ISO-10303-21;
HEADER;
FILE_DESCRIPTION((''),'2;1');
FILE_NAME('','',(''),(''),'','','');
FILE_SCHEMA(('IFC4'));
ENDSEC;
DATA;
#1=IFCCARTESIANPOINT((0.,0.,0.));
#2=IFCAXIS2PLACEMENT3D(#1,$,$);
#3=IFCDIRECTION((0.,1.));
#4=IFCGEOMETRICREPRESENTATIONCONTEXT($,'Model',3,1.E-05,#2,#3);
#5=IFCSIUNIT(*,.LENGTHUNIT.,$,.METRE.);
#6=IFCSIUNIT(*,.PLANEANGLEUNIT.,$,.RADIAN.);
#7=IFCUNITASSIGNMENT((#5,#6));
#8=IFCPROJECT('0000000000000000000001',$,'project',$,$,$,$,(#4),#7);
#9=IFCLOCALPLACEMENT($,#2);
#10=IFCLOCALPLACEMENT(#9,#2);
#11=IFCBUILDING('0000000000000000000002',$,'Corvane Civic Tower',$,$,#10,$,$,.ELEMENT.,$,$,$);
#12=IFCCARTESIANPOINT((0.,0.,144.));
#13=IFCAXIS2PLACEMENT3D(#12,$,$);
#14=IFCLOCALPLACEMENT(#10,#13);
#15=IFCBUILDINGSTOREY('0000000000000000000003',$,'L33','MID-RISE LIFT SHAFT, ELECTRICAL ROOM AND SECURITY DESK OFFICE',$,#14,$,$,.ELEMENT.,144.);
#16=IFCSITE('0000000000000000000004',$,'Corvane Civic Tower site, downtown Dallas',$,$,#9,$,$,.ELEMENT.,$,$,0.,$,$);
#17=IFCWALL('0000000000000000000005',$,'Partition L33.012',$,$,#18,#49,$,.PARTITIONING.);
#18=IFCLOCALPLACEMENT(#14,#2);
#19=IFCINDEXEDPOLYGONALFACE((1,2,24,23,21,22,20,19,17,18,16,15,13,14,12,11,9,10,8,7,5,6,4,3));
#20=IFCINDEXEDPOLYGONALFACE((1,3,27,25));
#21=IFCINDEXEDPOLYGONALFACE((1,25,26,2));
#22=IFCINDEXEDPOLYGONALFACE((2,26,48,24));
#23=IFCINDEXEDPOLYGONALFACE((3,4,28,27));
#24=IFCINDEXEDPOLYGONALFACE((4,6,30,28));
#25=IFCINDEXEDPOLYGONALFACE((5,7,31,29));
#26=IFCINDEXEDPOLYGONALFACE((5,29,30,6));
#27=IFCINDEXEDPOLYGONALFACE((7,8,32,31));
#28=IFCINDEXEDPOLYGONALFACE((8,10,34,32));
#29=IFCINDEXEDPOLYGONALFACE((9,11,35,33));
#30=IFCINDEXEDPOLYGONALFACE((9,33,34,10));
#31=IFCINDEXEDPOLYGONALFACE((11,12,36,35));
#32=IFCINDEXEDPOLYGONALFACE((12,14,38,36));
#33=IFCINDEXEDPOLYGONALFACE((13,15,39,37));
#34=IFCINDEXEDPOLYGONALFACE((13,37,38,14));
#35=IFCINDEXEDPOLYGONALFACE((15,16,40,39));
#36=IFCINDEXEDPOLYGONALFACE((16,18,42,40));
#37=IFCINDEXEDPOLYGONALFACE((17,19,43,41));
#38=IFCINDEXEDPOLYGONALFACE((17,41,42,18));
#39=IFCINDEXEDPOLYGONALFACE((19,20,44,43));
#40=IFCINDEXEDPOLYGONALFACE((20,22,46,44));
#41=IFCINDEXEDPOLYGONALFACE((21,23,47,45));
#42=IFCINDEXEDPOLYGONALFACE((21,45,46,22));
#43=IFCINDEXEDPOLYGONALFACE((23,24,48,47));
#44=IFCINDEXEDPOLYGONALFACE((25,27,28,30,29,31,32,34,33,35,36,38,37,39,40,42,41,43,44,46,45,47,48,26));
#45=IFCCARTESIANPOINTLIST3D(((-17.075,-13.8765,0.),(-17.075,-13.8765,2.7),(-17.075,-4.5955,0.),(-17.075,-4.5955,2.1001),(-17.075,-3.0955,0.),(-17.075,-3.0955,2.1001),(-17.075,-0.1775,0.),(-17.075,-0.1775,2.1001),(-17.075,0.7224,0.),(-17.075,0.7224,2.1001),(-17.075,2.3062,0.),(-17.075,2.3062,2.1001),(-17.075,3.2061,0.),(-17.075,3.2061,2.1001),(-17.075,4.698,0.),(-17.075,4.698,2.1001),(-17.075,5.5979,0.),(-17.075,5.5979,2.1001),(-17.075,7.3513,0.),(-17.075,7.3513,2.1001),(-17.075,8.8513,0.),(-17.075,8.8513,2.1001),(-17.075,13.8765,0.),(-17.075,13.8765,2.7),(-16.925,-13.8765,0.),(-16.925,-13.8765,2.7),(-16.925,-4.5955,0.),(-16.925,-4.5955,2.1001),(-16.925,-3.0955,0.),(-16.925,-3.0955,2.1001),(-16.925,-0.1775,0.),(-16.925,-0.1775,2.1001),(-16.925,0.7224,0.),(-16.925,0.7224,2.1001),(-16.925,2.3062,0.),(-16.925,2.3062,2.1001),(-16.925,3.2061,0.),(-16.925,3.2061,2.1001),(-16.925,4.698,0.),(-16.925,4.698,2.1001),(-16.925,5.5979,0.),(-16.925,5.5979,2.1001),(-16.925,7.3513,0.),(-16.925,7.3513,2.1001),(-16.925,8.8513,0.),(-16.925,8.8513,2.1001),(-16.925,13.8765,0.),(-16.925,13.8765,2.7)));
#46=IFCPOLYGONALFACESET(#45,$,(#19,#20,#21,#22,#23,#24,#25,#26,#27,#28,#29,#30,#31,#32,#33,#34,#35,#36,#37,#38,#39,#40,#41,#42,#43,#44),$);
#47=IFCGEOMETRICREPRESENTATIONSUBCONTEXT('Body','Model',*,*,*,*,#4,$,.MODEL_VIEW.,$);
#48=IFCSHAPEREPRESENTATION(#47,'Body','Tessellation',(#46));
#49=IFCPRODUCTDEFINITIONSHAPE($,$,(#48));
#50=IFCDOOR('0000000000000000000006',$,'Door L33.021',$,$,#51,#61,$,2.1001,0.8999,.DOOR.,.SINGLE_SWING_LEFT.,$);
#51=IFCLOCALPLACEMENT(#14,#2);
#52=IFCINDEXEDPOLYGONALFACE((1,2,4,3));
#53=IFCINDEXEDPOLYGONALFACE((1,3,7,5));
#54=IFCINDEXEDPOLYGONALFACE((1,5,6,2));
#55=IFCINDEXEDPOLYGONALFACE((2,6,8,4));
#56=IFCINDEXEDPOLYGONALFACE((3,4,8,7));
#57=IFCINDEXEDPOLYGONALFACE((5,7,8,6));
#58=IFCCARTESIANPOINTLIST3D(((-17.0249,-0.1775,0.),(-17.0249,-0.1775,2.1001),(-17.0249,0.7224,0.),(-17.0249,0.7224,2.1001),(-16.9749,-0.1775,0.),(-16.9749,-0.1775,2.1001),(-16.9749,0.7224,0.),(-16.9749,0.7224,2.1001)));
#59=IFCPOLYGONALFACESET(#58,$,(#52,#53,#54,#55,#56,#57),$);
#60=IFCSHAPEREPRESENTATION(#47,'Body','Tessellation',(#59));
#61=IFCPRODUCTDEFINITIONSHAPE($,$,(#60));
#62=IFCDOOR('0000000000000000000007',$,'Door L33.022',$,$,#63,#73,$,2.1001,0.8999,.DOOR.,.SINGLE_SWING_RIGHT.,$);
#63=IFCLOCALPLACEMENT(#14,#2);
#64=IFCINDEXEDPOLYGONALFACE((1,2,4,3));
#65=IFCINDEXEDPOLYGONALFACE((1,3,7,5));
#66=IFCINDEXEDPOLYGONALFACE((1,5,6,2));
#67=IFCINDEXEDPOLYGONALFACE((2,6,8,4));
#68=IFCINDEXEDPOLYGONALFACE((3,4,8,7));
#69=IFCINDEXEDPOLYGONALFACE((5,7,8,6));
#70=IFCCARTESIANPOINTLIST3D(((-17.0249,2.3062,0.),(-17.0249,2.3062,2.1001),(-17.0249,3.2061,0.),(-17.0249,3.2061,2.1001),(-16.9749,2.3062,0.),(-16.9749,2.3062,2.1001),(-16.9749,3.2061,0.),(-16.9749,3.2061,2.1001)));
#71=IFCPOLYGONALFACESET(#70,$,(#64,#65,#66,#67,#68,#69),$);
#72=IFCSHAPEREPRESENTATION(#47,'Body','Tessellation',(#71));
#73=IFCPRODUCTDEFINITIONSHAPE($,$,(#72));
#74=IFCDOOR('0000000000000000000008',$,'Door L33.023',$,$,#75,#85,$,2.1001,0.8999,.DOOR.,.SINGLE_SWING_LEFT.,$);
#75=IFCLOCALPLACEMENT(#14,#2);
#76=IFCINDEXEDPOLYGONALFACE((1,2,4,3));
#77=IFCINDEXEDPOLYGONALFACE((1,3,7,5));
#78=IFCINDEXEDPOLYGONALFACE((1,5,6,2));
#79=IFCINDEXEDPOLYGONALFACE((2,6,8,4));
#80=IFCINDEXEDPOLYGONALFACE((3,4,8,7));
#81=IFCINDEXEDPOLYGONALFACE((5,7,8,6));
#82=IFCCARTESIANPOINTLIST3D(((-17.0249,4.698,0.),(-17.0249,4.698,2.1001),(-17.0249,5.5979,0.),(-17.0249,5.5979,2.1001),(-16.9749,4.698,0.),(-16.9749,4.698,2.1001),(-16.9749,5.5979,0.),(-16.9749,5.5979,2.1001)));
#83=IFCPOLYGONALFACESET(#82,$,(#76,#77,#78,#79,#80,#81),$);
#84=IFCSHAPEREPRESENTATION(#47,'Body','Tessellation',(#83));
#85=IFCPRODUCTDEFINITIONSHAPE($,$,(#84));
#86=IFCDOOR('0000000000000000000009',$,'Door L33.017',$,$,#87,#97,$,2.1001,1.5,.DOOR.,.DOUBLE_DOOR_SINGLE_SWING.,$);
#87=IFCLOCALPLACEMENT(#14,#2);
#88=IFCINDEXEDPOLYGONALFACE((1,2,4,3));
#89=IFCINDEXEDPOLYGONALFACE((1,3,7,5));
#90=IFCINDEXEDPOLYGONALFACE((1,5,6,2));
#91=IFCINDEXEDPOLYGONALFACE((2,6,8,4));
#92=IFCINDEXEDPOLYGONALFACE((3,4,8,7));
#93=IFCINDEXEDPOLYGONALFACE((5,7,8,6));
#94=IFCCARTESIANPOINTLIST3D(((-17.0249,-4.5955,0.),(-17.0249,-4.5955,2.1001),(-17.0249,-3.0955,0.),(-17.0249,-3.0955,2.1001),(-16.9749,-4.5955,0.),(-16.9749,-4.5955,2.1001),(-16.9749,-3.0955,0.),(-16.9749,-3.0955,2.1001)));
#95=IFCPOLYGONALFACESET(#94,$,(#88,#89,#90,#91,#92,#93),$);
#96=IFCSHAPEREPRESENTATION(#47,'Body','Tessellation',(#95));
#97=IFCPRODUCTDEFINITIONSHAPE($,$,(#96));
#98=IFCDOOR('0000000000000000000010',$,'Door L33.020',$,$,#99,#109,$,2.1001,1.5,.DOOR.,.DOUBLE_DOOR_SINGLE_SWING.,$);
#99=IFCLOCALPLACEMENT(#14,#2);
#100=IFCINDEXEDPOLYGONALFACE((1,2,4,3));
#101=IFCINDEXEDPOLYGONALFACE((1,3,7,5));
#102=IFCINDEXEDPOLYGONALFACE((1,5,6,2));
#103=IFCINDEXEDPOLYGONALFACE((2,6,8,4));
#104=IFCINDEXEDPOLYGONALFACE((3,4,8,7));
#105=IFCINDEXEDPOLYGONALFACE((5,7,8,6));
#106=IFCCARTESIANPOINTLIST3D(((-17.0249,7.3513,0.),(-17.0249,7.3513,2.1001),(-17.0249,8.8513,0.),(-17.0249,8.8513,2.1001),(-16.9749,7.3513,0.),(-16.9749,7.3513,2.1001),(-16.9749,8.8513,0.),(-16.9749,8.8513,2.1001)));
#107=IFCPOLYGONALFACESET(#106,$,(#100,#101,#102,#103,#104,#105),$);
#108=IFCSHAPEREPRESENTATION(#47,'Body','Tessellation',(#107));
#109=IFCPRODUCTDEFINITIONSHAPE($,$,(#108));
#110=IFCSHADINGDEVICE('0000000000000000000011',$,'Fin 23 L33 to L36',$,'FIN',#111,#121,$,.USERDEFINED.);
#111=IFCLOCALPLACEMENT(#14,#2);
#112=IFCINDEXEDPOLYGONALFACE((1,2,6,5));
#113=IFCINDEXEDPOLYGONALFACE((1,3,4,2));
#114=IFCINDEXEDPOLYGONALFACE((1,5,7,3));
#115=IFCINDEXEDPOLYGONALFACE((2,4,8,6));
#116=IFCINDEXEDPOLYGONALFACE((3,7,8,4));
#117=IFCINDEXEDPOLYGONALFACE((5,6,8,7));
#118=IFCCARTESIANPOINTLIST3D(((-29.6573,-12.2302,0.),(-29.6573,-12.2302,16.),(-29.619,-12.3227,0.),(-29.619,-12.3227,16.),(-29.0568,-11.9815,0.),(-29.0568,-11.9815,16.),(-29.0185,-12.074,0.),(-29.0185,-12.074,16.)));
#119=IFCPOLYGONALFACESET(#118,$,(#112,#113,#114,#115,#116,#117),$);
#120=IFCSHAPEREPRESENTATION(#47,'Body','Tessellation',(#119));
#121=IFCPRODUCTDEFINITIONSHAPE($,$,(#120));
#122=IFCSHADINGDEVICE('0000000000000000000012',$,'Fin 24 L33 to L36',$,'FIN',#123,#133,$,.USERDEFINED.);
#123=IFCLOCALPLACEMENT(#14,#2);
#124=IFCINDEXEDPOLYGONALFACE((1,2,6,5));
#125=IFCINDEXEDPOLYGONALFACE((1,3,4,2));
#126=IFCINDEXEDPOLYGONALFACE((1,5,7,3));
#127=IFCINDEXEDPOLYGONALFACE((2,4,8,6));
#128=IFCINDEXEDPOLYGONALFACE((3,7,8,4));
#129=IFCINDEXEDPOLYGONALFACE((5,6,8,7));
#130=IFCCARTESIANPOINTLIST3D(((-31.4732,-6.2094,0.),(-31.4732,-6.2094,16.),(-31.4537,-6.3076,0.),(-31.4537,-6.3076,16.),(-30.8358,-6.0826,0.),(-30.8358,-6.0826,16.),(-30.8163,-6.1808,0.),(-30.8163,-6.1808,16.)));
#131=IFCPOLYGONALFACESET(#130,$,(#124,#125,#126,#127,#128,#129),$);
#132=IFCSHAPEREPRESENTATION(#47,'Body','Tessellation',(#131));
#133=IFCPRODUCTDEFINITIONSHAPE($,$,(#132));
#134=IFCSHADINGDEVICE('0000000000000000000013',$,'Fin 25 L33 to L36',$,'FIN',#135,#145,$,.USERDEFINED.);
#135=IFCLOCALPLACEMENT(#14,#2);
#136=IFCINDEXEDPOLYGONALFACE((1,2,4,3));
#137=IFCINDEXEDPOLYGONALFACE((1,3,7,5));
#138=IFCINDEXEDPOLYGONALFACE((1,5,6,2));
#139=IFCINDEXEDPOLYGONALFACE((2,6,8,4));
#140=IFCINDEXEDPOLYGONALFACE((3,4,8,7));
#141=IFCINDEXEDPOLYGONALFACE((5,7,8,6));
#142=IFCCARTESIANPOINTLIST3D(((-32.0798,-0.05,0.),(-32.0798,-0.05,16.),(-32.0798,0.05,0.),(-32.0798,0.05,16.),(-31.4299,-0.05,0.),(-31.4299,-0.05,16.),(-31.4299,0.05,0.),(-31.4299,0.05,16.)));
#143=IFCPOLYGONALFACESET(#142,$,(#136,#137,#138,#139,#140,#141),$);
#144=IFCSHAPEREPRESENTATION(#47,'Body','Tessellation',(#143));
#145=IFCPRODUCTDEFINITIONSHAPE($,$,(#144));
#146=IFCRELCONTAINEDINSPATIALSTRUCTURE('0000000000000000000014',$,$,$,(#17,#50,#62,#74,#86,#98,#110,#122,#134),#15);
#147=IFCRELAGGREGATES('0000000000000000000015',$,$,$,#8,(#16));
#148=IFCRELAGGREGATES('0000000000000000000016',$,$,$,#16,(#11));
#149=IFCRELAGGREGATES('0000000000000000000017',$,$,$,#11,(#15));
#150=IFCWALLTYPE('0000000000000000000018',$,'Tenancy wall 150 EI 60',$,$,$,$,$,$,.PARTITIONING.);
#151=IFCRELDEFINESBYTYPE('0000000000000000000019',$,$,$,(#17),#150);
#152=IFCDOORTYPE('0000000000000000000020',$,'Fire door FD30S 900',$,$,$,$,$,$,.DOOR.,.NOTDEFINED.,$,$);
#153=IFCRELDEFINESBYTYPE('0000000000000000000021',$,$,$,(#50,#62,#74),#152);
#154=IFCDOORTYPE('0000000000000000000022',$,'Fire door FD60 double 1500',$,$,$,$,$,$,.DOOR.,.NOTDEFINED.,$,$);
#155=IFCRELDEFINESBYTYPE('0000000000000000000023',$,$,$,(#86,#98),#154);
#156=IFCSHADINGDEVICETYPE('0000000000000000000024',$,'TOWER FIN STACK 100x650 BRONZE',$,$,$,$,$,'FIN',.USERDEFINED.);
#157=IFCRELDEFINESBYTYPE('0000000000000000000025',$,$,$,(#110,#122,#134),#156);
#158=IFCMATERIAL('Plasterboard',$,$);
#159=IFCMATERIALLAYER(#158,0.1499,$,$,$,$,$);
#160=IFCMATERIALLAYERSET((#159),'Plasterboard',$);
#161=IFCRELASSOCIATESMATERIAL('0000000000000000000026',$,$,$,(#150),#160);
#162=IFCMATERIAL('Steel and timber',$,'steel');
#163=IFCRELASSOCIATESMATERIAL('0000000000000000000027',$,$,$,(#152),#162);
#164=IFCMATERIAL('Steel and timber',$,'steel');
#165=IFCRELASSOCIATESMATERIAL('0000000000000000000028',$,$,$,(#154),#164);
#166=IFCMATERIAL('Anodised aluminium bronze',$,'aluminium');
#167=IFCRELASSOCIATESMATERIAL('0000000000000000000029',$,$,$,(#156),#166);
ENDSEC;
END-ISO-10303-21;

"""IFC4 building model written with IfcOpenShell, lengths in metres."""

from ifc_helpers import new_model, si_unit, direction, frame, frame_2d, origin, origin_2d, place, context, subcontext, project, spatial, rectangle, extrude, material, layer, layer_set, material_profile, profile_set, type_object, element, fill, save


model = new_model("IFC4")

# Units and contexts
model_context = context("Model", 3, precision=1e-05, world=origin(), true_north=direction((0.0, 1.0)))
body_context = subcontext(model_context, "Body", "Model", "MODEL_VIEW")
ifc_project = project(units=[si_unit("LENGTHUNIT", "METRE"), si_unit("PLANEANGLEUNIT", "RADIAN")], contexts=[model_context])

# Site, building, storey
site_placement = place(None, origin())
site = spatial("IfcSite", under=ifc_project, at=site_placement, Name="Corvane Civic Tower site, downtown Dallas", CompositionType="ELEMENT", RefElevation=0.0)
building_placement = place(site_placement, origin())
building = spatial("IfcBuilding", under=site, at=building_placement, Name="Corvane Civic Tower", CompositionType="ELEMENT")
storey_placement = place(building_placement, frame((0.0, 0.0, 144.0)))
storey = spatial("IfcBuildingStorey", under=building, at=storey_placement, Name="L33", Description="MID-RISE LIFT SHAFT, ELECTRICAL ROOM AND SECURITY DESK OFFICE", CompositionType="ELEMENT", Elevation=144.0)

# Wall, openings, doors
ifc_material_1 = material(Name="Plasterboard")
ifc_layer_1 = layer(ifc_material_1, 0.1499)
ifc_layer_set_1 = layer_set([ifc_layer_1], Name="Plasterboard")
wall_type_1 = type_object("IfcWallType", Name="Tenancy wall 150 EI 60", PredefinedType="PARTITIONING", material=ifc_layer_set_1)
wall_1_placement = place(storey_placement, frame((-17.0, -13.8765, 0.0), z_axis=(0.0, 0.0, 1.0), x_axis=(0.0, 1.0, 0.0)))
wall_1 = element("IfcWall", 1, at=wall_1_placement, inside=storey, type_object=wall_type_1, Name="Partition L33.012", PredefinedType="PARTITIONING", context=body_context, shape_type="SweptSolid", body=[
    extrude(rectangle(XDim=27.7529, YDim=0.1499, at=frame_2d((13.8765, 0.0))), origin(), (0.0, 0.0, 1.0), 2.7),
])
opening_1_placement = place(wall_1_placement, frame((9.281, 0.0, 0.0)))
opening_1 = element("IfcOpeningElement", 2, at=opening_1_placement, cuts=wall_1, PredefinedType="OPENING", context=body_context, shape_type="SweptSolid", body=[
    extrude(rectangle(XDim=1.5, YDim=2.1001, at=frame_2d((0.75, 1.05))), frame((0.0, 0.085, 0.0), z_axis=(0.0, -1.0, 0.0), x_axis=(1.0, 0.0, 0.0)), (0.0, 0.0, 1.0), 0.1699),
])
opening_2_placement = place(wall_1_placement, frame((21.2278, 0.0, 0.0)))
opening_2 = element("IfcOpeningElement", 3, at=opening_2_placement, cuts=wall_1, PredefinedType="OPENING", context=body_context, shape_type="SweptSolid", body=[
    extrude(rectangle(XDim=1.5, YDim=2.1001, at=frame_2d((0.75, 1.05))), frame((0.0, 0.085, 0.0), z_axis=(0.0, -1.0, 0.0), x_axis=(1.0, 0.0, 0.0)), (0.0, 0.0, 1.0), 0.1699),
])
opening_3_placement = place(wall_1_placement, frame((13.699, 0.0, 0.0)))
opening_3 = element("IfcOpeningElement", 4, at=opening_3_placement, cuts=wall_1, PredefinedType="OPENING", context=body_context, shape_type="SweptSolid", body=[
    extrude(rectangle(XDim=0.8999, YDim=2.1001, at=frame_2d((0.45, 1.05))), frame((0.0, 0.085, 0.0), z_axis=(0.0, -1.0, 0.0), x_axis=(1.0, 0.0, 0.0)), (0.0, 0.0, 1.0), 0.1699),
])
opening_4_placement = place(wall_1_placement, frame((16.1826, 0.0, 0.0)))
opening_4 = element("IfcOpeningElement", 5, at=opening_4_placement, cuts=wall_1, PredefinedType="OPENING", context=body_context, shape_type="SweptSolid", body=[
    extrude(rectangle(XDim=0.8999, YDim=2.1001, at=frame_2d((0.45, 1.05))), frame((0.0, 0.085, 0.0), z_axis=(0.0, -1.0, 0.0), x_axis=(1.0, 0.0, 0.0)), (0.0, 0.0, 1.0), 0.1699),
])
opening_5_placement = place(wall_1_placement, frame((18.5745, 0.0, 0.0)))
opening_5 = element("IfcOpeningElement", 6, at=opening_5_placement, cuts=wall_1, PredefinedType="OPENING", context=body_context, shape_type="SweptSolid", body=[
    extrude(rectangle(XDim=0.8999, YDim=2.1001, at=frame_2d((0.45, 1.05))), frame((0.0, 0.085, 0.0), z_axis=(0.0, -1.0, 0.0), x_axis=(1.0, 0.0, 0.0)), (0.0, 0.0, 1.0), 0.1699),
])
ifc_material_2 = material(Name="Steel and timber", Category="steel")
door_type_1 = type_object("IfcDoorType", Name="Fire door FD30S 900", OperationType="NOTDEFINED", PredefinedType="DOOR", material=ifc_material_2)
door_1_placement = place(opening_3_placement, origin())
door_1 = element("IfcDoor", 7, at=door_1_placement, inside=storey, type_object=door_type_1, Name="Door L33.021", OperationType="SINGLE_SWING_LEFT", OverallHeight=2.1001, OverallWidth=0.8999, PredefinedType="DOOR", context=body_context, shape_type="SweptSolid", body=[
    extrude(rectangle(XDim=0.8999, YDim=2.1001, at=frame_2d((0.45, 1.05))), frame((0.0, 0.0249, 0.0), z_axis=(0.0, -1.0, 0.0), x_axis=(1.0, 0.0, 0.0)), (0.0, 0.0, 1.0), 0.05),
])
fill(opening_3, door_1)
door_2_placement = place(opening_4_placement, origin())
door_2 = element("IfcDoor", 8, at=door_2_placement, inside=storey, type_object=door_type_1, Name="Door L33.022", OperationType="SINGLE_SWING_RIGHT", OverallHeight=2.1001, OverallWidth=0.8999, PredefinedType="DOOR", context=body_context, shape_type="SweptSolid", body=[
    extrude(rectangle(XDim=0.8999, YDim=2.1001, at=frame_2d((0.45, 1.05))), frame((0.0, 0.0249, 0.0), z_axis=(0.0, -1.0, 0.0), x_axis=(1.0, 0.0, 0.0)), (0.0, 0.0, 1.0), 0.05),
])
fill(opening_4, door_2)
door_3_placement = place(opening_5_placement, origin())
door_3 = element("IfcDoor", 9, at=door_3_placement, inside=storey, type_object=door_type_1, Name="Door L33.023", OperationType="SINGLE_SWING_LEFT", OverallHeight=2.1001, OverallWidth=0.8999, PredefinedType="DOOR", context=body_context, shape_type="SweptSolid", body=[
    extrude(rectangle(XDim=0.8999, YDim=2.1001, at=frame_2d((0.45, 1.05))), frame((0.0, 0.0249, 0.0), z_axis=(0.0, -1.0, 0.0), x_axis=(1.0, 0.0, 0.0)), (0.0, 0.0, 1.0), 0.05),
])
fill(opening_5, door_3)
ifc_material_3 = material(Name="Steel and timber", Category="steel")
door_type_2 = type_object("IfcDoorType", Name="Fire door FD60 double 1500", OperationType="NOTDEFINED", PredefinedType="DOOR", material=ifc_material_3)
door_4_placement = place(opening_1_placement, origin())
door_4 = element("IfcDoor", 10, at=door_4_placement, inside=storey, type_object=door_type_2, Name="Door L33.017", OperationType="DOUBLE_DOOR_SINGLE_SWING", OverallHeight=2.1001, OverallWidth=1.5, PredefinedType="DOOR", context=body_context, shape_type="SweptSolid", body=[
    extrude(rectangle(XDim=1.5, YDim=2.1001, at=frame_2d((0.75, 1.05))), frame((0.0, 0.0249, 0.0), z_axis=(0.0, -1.0, 0.0), x_axis=(1.0, 0.0, 0.0)), (0.0, 0.0, 1.0), 0.05),
])
fill(opening_1, door_4)
door_5_placement = place(opening_2_placement, origin())
door_5 = element("IfcDoor", 11, at=door_5_placement, inside=storey, type_object=door_type_2, Name="Door L33.020", OperationType="DOUBLE_DOOR_SINGLE_SWING", OverallHeight=2.1001, OverallWidth=1.5, PredefinedType="DOOR", context=body_context, shape_type="SweptSolid", body=[
    extrude(rectangle(XDim=1.5, YDim=2.1001, at=frame_2d((0.75, 1.05))), frame((0.0, 0.0249, 0.0), z_axis=(0.0, -1.0, 0.0), x_axis=(1.0, 0.0, 0.0)), (0.0, 0.0, 1.0), 0.05),
])
fill(opening_2, door_5)

# Shading devices
ifc_material_4 = material(Name="Anodised aluminium bronze", Category="aluminium")
ifc_material_profile_1 = material_profile(ifc_material_4, rectangle(XDim=0.1001, YDim=0.6499, at=origin_2d()), Name="TOWER FIN STACK 100x650 BRONZE")
ifc_profile_set_1 = profile_set([ifc_material_profile_1], Name="Anodised aluminium bronze")
shading_device_type = type_object("IfcShadingDeviceType", Name="TOWER FIN STACK 100x650 BRONZE", ElementType="FIN", PredefinedType="USERDEFINED", material=ifc_profile_set_1)
for number, where, z_axis, x_axis, name in (
    (12, (-29.3379, -12.1521, 0.0), (0.0, 0.0, 1.0), (-0.382683, 0.92388, 0.0), "Fin 23 L33 to L36"),
    (13, (-31.1448, -6.1951, 0.0), (0.0, 0.0, 1.0), (-0.19509, 0.980785, 0.0), "Fin 24 L33 to L36"),
    (14, (-31.7549, 0.0, 0.0), (0.0, 0.0, 1.0), (0.0, 1.0, 0.0), "Fin 25 L33 to L36"),
):
    element("IfcShadingDevice", number, at=place(storey_placement, frame(where, z_axis=z_axis, x_axis=x_axis)), inside=storey, type_object=shading_device_type, Name=name, ObjectType="FIN", PredefinedType="USERDEFINED", context=body_context, shape_type="SweptSolid", body=[
        extrude(rectangle(XDim=0.1001, YDim=0.6499, at=origin_2d()), origin(), (0.0, 0.0, 1.0), 16.0),
    ])

save(model, "model.ifc")
